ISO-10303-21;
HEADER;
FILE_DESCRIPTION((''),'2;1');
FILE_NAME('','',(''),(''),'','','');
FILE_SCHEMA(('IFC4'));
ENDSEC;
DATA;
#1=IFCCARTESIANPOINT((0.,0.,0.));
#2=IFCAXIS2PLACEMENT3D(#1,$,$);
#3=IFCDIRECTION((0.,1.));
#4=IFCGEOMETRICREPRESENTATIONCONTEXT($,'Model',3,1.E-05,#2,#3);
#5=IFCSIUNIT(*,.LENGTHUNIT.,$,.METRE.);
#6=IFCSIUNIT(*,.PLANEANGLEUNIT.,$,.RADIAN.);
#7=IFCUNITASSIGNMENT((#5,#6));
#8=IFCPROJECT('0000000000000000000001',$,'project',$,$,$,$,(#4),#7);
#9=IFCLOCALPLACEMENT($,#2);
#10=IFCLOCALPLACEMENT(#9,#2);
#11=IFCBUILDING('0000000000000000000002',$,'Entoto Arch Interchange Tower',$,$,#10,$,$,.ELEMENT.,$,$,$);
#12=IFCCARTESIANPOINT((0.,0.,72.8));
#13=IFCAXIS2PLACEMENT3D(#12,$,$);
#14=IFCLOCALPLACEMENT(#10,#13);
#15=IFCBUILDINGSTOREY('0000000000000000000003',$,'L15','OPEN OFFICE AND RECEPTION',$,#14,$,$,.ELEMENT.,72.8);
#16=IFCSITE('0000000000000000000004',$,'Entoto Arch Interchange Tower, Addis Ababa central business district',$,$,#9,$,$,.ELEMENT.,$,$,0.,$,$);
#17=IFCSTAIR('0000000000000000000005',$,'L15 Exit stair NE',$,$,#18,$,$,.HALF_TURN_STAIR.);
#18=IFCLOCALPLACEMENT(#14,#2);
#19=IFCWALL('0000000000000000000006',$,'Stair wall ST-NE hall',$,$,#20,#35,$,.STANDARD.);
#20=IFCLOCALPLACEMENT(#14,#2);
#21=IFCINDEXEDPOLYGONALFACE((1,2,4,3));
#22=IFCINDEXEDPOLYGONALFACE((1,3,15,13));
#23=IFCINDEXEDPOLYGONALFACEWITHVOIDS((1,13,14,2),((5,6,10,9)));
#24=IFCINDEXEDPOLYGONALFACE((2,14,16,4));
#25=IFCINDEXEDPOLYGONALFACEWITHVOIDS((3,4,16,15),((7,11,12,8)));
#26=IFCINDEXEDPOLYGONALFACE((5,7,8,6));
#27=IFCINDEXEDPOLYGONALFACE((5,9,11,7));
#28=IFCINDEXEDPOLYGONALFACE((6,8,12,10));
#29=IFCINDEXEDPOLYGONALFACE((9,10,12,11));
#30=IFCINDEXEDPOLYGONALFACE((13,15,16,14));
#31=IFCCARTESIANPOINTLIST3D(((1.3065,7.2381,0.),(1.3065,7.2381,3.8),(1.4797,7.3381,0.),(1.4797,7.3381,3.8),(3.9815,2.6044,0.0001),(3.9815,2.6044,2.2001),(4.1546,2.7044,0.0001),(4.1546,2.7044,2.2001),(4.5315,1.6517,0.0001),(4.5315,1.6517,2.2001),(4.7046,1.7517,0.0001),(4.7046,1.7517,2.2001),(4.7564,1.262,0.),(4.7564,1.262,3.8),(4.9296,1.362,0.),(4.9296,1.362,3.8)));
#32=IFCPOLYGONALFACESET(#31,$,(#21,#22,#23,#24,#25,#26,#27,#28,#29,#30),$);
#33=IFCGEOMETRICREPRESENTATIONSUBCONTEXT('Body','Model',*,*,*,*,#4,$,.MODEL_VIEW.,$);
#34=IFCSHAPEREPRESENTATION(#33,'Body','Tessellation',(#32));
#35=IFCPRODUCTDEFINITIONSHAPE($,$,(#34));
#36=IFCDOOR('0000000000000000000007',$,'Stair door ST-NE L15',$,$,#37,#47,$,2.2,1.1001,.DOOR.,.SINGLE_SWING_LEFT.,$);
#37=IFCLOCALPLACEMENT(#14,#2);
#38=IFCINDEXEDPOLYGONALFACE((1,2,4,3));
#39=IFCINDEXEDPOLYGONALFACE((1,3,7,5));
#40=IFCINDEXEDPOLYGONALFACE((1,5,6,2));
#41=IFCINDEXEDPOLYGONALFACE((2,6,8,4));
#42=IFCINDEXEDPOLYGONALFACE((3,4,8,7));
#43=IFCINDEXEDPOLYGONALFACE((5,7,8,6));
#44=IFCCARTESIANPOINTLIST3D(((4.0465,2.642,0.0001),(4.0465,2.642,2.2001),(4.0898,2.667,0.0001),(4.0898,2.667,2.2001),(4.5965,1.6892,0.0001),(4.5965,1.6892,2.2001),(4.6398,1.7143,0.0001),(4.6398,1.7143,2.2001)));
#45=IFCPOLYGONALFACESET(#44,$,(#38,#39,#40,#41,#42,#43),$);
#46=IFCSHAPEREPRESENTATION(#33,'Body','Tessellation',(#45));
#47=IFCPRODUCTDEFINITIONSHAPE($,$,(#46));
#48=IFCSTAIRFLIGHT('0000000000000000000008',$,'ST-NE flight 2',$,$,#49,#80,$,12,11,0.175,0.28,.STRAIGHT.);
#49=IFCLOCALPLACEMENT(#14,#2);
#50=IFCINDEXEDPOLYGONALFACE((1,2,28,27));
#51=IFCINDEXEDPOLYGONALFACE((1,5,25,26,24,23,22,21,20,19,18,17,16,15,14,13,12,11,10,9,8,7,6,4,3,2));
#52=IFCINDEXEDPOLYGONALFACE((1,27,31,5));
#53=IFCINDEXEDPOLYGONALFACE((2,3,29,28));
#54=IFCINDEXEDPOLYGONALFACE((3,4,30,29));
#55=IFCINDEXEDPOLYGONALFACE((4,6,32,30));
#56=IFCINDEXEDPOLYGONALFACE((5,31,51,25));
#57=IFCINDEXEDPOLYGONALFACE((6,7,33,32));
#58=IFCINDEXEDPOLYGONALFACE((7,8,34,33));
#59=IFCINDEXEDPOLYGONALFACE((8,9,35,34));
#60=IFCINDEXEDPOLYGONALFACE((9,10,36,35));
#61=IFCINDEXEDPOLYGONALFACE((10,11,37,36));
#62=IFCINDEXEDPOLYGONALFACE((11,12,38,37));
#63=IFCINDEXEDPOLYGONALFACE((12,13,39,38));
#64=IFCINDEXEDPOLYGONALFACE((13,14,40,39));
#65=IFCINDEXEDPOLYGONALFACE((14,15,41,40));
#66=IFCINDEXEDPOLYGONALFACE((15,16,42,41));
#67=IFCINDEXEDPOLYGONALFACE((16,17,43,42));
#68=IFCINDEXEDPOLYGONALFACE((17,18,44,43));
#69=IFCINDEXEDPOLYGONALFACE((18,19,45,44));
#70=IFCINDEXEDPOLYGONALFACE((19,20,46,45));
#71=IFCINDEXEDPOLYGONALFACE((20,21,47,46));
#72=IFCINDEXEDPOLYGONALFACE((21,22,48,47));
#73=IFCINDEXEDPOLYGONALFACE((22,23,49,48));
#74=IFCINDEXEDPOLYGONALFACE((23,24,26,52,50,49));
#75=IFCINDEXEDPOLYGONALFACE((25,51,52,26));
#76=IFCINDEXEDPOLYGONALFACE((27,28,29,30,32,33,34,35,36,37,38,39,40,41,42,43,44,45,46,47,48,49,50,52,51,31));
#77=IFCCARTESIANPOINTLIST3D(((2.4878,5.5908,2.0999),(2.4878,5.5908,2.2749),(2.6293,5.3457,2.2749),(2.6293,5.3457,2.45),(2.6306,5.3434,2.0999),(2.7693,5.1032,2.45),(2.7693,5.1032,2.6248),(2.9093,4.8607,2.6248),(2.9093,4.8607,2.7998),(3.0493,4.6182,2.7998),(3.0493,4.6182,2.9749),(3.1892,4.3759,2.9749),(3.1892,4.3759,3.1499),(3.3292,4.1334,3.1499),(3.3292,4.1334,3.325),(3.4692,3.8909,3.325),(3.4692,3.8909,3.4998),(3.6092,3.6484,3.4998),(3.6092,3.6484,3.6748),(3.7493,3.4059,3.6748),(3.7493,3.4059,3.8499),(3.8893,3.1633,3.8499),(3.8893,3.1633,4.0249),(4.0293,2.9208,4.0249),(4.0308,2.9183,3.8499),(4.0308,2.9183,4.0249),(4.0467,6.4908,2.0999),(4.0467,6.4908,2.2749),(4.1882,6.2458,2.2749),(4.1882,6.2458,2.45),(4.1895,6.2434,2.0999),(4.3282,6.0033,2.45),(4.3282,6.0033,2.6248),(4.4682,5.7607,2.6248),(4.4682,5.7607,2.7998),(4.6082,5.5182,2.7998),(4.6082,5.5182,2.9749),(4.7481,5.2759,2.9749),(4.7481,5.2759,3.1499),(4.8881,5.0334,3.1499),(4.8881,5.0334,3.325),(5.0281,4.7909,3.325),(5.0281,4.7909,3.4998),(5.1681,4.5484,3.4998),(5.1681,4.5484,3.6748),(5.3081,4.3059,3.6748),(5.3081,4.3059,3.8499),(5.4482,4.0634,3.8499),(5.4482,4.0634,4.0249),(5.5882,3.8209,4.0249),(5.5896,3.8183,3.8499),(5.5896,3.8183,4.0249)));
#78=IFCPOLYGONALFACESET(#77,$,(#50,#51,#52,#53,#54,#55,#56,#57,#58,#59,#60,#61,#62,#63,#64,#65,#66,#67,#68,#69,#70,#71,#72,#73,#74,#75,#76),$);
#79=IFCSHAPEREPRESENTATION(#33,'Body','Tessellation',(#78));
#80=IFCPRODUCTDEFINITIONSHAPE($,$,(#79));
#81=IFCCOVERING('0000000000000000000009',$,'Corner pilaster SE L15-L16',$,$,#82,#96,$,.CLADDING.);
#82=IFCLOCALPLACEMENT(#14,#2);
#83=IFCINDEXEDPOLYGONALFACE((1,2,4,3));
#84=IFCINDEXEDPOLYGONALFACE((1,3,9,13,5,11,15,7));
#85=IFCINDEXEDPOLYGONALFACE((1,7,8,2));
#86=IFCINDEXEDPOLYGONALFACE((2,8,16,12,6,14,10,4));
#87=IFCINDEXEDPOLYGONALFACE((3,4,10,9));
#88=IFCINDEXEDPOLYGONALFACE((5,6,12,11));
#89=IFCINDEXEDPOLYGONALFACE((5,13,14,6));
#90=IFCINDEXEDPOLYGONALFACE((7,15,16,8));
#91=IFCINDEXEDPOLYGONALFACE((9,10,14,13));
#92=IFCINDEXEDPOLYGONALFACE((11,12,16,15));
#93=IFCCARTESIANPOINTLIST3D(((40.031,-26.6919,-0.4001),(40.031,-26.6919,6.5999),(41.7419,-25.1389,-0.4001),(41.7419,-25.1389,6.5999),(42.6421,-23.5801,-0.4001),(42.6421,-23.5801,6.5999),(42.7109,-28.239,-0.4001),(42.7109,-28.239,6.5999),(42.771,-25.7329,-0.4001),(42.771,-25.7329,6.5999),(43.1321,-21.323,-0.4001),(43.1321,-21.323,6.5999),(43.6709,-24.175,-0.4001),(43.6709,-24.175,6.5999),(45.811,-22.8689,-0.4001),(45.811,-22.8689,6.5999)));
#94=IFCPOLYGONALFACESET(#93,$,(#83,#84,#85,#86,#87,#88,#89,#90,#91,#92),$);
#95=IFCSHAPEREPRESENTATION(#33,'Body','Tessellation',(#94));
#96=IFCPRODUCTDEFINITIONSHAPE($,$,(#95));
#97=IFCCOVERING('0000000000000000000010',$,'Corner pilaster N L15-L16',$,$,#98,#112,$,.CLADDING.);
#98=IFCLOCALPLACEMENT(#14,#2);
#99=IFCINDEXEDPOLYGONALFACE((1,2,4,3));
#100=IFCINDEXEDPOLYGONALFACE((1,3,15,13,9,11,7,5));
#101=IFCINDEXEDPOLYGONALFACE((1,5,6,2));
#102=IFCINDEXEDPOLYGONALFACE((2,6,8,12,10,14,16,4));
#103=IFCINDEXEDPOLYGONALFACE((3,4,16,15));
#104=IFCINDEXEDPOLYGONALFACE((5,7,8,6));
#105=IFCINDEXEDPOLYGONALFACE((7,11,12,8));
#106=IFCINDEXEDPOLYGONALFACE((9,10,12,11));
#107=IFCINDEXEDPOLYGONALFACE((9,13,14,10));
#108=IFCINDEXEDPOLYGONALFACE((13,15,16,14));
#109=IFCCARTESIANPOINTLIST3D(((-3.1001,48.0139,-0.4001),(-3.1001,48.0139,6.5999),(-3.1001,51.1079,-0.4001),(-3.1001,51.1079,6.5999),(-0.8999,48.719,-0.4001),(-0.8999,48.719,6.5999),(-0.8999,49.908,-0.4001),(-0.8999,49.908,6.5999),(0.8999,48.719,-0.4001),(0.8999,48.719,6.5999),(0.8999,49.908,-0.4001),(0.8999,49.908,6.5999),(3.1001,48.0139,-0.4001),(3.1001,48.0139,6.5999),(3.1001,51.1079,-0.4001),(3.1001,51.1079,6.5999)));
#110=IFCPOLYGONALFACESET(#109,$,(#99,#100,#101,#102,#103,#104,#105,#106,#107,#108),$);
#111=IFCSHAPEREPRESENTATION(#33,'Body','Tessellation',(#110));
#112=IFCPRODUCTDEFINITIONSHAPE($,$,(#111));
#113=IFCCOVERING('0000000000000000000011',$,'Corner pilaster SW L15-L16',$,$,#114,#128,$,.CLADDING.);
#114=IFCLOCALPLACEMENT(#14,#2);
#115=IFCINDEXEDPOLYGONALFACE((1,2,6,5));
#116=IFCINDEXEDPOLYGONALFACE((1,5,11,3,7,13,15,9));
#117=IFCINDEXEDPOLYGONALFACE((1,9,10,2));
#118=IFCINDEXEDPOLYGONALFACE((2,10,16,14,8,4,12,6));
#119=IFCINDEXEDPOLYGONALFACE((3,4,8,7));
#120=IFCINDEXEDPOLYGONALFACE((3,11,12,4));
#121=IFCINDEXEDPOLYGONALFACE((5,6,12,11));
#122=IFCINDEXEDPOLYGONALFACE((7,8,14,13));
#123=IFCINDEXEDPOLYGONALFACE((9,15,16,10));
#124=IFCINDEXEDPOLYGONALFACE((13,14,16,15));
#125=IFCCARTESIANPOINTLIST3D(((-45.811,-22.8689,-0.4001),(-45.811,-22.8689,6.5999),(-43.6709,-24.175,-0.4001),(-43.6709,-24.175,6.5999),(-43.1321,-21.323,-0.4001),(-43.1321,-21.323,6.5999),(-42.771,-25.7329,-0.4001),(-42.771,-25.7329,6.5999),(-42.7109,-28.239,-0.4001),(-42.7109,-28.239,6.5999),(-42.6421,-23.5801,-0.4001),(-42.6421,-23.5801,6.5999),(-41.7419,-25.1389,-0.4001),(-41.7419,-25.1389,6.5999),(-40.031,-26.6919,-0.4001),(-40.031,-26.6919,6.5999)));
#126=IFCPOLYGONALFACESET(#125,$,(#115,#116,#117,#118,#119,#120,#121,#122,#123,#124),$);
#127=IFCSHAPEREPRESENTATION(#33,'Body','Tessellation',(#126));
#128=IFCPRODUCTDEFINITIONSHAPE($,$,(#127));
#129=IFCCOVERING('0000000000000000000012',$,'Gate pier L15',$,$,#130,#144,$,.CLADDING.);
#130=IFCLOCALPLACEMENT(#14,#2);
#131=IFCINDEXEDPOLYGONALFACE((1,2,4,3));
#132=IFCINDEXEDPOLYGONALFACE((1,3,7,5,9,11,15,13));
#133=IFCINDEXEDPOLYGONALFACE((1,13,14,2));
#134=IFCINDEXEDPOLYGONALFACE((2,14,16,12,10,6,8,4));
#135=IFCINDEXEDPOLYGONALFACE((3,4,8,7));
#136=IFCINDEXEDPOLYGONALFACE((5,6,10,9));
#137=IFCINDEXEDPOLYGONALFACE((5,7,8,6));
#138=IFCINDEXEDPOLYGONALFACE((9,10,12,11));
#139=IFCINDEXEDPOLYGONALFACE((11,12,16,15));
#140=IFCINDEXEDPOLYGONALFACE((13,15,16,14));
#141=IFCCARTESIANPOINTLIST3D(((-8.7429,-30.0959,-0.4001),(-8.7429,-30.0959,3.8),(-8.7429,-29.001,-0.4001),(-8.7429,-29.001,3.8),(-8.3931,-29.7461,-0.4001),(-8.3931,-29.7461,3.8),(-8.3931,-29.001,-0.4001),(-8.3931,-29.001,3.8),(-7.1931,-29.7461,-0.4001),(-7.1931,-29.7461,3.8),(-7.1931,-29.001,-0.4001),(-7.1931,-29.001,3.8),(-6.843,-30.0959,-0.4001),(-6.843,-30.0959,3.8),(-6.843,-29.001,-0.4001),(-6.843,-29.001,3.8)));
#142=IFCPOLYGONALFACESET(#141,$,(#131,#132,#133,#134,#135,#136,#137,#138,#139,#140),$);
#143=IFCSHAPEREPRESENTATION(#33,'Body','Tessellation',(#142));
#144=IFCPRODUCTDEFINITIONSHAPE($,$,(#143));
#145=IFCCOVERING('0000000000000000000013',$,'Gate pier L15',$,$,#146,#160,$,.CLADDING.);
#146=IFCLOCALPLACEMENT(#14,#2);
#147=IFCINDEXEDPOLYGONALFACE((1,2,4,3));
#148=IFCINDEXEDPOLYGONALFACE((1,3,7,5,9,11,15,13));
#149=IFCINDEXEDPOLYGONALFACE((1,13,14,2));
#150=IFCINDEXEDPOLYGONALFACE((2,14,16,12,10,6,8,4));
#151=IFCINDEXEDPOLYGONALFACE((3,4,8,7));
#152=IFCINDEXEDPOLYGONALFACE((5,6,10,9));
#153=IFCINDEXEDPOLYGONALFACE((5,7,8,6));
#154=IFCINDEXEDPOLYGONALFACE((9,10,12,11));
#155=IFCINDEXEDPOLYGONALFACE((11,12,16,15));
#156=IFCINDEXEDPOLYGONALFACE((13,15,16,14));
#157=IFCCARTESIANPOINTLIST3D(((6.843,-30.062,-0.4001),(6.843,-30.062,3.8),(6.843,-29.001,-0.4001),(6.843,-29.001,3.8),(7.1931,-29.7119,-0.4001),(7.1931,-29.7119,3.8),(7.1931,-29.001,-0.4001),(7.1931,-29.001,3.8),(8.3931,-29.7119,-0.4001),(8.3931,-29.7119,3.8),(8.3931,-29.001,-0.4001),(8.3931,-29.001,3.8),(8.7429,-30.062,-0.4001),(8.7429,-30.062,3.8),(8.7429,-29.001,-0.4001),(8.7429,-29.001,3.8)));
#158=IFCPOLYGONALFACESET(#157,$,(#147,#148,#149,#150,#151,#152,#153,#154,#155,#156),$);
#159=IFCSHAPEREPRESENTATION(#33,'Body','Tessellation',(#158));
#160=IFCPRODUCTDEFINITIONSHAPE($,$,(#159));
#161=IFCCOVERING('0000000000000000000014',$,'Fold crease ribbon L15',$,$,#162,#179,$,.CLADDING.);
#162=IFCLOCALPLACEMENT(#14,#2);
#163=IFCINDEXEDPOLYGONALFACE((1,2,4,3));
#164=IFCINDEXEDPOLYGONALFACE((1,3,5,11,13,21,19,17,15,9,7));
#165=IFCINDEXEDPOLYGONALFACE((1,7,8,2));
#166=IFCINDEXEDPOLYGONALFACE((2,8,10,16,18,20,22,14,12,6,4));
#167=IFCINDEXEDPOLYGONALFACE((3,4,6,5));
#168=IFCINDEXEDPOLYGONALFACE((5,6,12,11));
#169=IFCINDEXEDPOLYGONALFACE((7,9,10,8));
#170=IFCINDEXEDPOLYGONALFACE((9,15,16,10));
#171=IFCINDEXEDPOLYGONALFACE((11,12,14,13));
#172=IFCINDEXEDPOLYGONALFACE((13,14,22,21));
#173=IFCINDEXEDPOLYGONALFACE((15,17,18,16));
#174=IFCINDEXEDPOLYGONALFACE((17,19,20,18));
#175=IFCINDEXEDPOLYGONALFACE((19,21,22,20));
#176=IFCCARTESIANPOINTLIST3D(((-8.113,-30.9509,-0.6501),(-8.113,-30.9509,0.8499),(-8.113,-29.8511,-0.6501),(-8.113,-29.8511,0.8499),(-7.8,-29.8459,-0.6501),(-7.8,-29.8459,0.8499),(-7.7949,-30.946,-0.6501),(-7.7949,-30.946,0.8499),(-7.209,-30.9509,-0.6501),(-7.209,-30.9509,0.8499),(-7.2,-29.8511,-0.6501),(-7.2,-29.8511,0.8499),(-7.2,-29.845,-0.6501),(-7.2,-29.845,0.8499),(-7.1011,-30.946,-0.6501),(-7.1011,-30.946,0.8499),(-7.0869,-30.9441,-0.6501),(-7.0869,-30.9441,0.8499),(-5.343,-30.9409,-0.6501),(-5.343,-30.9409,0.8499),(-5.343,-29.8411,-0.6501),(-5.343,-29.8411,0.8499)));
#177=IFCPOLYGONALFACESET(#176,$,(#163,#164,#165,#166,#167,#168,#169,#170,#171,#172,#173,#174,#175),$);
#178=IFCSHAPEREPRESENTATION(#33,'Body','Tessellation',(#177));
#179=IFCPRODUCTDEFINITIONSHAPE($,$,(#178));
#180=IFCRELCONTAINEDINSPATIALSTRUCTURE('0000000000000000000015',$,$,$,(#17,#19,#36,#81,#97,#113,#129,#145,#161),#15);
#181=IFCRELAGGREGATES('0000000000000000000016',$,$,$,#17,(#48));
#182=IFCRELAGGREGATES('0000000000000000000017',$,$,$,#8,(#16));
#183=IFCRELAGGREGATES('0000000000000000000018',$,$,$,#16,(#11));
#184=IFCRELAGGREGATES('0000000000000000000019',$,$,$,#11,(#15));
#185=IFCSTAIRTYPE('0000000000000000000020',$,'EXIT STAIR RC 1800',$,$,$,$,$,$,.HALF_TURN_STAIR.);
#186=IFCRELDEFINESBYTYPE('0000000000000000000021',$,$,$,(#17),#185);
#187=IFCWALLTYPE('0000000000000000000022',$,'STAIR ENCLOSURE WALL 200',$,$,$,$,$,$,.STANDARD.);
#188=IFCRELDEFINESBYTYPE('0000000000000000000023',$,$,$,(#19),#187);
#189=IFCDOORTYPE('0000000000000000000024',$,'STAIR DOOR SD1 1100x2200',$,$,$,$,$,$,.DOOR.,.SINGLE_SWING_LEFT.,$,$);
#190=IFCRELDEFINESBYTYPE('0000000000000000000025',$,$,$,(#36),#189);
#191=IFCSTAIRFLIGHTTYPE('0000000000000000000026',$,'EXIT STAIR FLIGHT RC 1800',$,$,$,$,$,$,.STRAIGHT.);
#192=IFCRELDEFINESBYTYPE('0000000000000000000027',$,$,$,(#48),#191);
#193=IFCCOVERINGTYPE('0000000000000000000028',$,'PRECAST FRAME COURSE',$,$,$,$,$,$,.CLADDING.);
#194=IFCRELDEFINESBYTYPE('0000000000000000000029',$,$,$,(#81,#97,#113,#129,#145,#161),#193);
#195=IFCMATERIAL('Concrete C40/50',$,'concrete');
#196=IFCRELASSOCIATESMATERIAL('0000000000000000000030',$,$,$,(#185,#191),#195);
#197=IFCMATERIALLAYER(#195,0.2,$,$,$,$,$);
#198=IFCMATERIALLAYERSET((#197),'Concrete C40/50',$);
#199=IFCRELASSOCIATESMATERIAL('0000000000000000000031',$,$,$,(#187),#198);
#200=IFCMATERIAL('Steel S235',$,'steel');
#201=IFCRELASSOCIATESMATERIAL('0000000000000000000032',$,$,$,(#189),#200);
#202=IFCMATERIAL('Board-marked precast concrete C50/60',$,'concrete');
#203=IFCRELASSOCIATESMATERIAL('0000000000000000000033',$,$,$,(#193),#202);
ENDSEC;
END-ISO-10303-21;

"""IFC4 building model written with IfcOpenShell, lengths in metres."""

from ifc_helpers import new_model, si_unit, direction, frame, frame_2d, origin, place, context, subcontext, project, spatial, polyline, rectangle, outline, extrude, material, layer, layer_set, type_object, element, fill, aggregate, save


model = new_model("IFC4")

# Units and contexts
model_context = context("Model", 3, precision=1e-05, world=origin(), true_north=direction((0.0, 1.0)))
body_context = subcontext(model_context, "Body", "Model", "MODEL_VIEW")
ifc_project = project(units=[si_unit("LENGTHUNIT", "METRE"), si_unit("PLANEANGLEUNIT", "RADIAN")], contexts=[model_context])

# Site, building, storey
site_placement = place(None, origin())
site = spatial("IfcSite", under=ifc_project, at=site_placement, Name="Entoto Arch Interchange Tower, Addis Ababa central business district", CompositionType="ELEMENT", RefElevation=0.0)
building_placement = place(site_placement, origin())
building = spatial("IfcBuilding", under=site, at=building_placement, Name="Entoto Arch Interchange Tower", CompositionType="ELEMENT")
storey_placement = place(building_placement, frame((0.0, 0.0, 72.8)))
storey = spatial("IfcBuildingStorey", under=building, at=storey_placement, Name="L15", Description="OPEN OFFICE AND RECEPTION", CompositionType="ELEMENT", Elevation=72.8)

# Shared definitions
ifc_material_1 = material(Name="Board-marked precast concrete C50/60", Category="concrete")
ifc_material_2 = material(Name="Concrete C40/50", Category="concrete")

# Stair
stair_type = type_object("IfcStairType", Name="EXIT STAIR RC 1800", PredefinedType="HALF_TURN_STAIR", material=ifc_material_2)
stair_1_placement = place(storey_placement, origin())
stair_1 = element("IfcStair", 1, at=stair_1_placement, inside=storey, type_object=stair_type, Name="L15 Exit stair NE", PredefinedType="HALF_TURN_STAIR")

# Shared definitions
ifc_layer_1 = layer(ifc_material_2, 0.2)
ifc_layer_set_1 = layer_set([ifc_layer_1], Name="Concrete C40/50")
wall_type_1 = type_object("IfcWallType", Name="STAIR ENCLOSURE WALL 200", PredefinedType="STANDARD", material=ifc_layer_set_1)
ifc_material_3 = material(Name="Steel S235", Category="steel")
door_type = type_object("IfcDoorType", Name="STAIR DOOR SD1 1100x2200", OperationType="SINGLE_SWING_LEFT", PredefinedType="DOOR", material=ifc_material_3)

# Wall, opening, door
wall_1_placement = place(storey_placement, frame((4.843, 1.312, 0.0), z_axis=(0.0, 0.0, 1.0), x_axis=(-0.499963, 0.866047, 0.0)))
wall_1 = element("IfcWall", 2, at=wall_1_placement, inside=storey, type_object=wall_type_1, Name="Stair wall ST-NE hall", PredefinedType="STANDARD", context=body_context, shape_type="SweptSolid", body=[
    extrude(rectangle(XDim=6.9004, YDim=0.2, at=frame_2d((3.4502, 0.0))), origin(), (0.0, 0.0, 1.0), 3.8),
])
opening_1_placement = place(wall_1_placement, frame((0.45, 0.0, 0.0)))
opening_1 = element("IfcOpeningElement", 3, at=opening_1_placement, cuts=wall_1, PredefinedType="OPENING", context=body_context, shape_type="SweptSolid", body=[
    extrude(rectangle(XDim=1.1001, YDim=2.2, at=frame_2d((0.55, 1.1001))), frame((0.0, 0.1099, 0.0), z_axis=(0.0, -1.0, 0.0), x_axis=(1.0, 0.0, 0.0)), (0.0, 0.0, 1.0), 0.22),
])
door_1_placement = place(opening_1_placement, origin())
door_1 = element("IfcDoor", 4, at=door_1_placement, inside=storey, type_object=door_type, Name="Stair door ST-NE L15", OperationType="SINGLE_SWING_LEFT", OverallHeight=2.2, OverallWidth=1.1001, PredefinedType="DOOR", context=body_context, shape_type="SweptSolid", body=[
    extrude(rectangle(XDim=1.1001, YDim=2.2, at=frame_2d((0.55, 1.1001))), frame((0.0, 0.0249, 0.0), z_axis=(0.0, -1.0, 0.0), x_axis=(1.0, 0.0, 0.0)), (0.0, 0.0, 1.0), 0.05),
])
fill(opening_1, door_1)

# Stair flight
stair_flight_type = type_object("IfcStairFlightType", Name="EXIT STAIR FLIGHT RC 1800", PredefinedType="STRAIGHT", material=ifc_material_2)
stair_flight_placement = place(storey_placement, frame((3.2688, 6.0383, 2.0999), z_axis=(0.0, 0.0, 1.0), x_axis=(0.5, -0.866025, 0.0)))
stair_flight = element("IfcStairFlight", 5, at=stair_flight_placement, type_object=stair_flight_type, Name="ST-NE flight 2", NumberOfRisers=12, NumberOfTreads=11, PredefinedType="STRAIGHT", RiserHeight=0.175, TreadLength=0.28, context=body_context, shape_type="SweptSolid", body=[
    extrude(outline(polyline([(-0.0029, 0.0), (-0.0029, 0.175), (0.28, 0.175), (0.28, 0.3501), (0.5601, 0.3501), (0.5601, 0.5249), (0.8401, 0.5249), (0.8401, 0.7), (1.1201, 0.7), (1.1201, 0.875), (1.3999, 0.875), (1.3999, 1.05), (1.6799, 1.05), (1.6799, 1.2251), (1.96, 1.2251), (1.96, 1.3999), (2.24, 1.3999), (2.24, 1.575), (2.52, 1.575), (2.52, 1.75), (2.8, 1.75), (2.8, 1.925), (3.0801, 1.925), (3.083, 1.925), (3.083, 1.75), (0.2827, 0.0), (-0.0029, 0.0)])), frame((0.0, 0.8999, 0.0), z_axis=(0.0, -1.0, 0.0), x_axis=(1.0, 0.0, 0.0)), (0.0, 0.0, 1.0), 1.8),
])
aggregate(stair_1, [stair_flight])

# Coverings
covering_type_1 = type_object("IfcCoveringType", Name="PRECAST FRAME COURSE", PredefinedType="CLADDING", material=ifc_material_1)
covering_1_placement = place(storey_placement, frame((0.0, 0.0, -0.4001)))
element("IfcCovering", 6, at=covering_1_placement, inside=storey, type_object=covering_type_1, Name="Corner pilaster SE L15-L16", PredefinedType="CLADDING", context=body_context, shape_type="SweptSolid", body=[
    extrude(outline(polyline([(45.811, -22.8689), (42.7109, -28.239), (40.031, -26.6919), (41.7419, -25.1389), (42.771, -25.7329), (43.6709, -24.175), (42.6421, -23.5801), (43.1321, -21.323), (45.811, -22.8689)])), origin(), (0.0, 0.0, 1.0), 7.0),
])
covering_2_placement = place(storey_placement, frame((0.0, 0.0, -0.4001)))
element("IfcCovering", 7, at=covering_2_placement, inside=storey, type_object=covering_type_1, Name="Corner pilaster N L15-L16", PredefinedType="CLADDING", context=body_context, shape_type="SweptSolid", body=[
    extrude(outline(polyline([(-3.1001, 51.1079), (3.1001, 51.1079), (3.1001, 48.0139), (0.8999, 48.719), (0.8999, 49.908), (-0.8999, 49.908), (-0.8999, 48.719), (-3.1001, 48.0139), (-3.1001, 51.1079)])), origin(), (0.0, 0.0, 1.0), 7.0),
])
covering_3_placement = place(storey_placement, frame((0.0, 0.0, -0.4001)))
element("IfcCovering", 8, at=covering_3_placement, inside=storey, type_object=covering_type_1, Name="Corner pilaster SW L15-L16", PredefinedType="CLADDING", context=body_context, shape_type="SweptSolid", body=[
    extrude(outline(polyline([(-42.7109, -28.239), (-45.811, -22.8689), (-43.1321, -21.323), (-42.6421, -23.5801), (-43.6709, -24.175), (-42.771, -25.7329), (-41.7419, -25.1389), (-40.031, -26.6919), (-42.7109, -28.239)])), origin(), (0.0, 0.0, 1.0), 7.0),
])
covering_4_placement = place(storey_placement, frame((0.0, 0.0, -0.4001)))
element("IfcCovering", 9, at=covering_4_placement, inside=storey, type_object=covering_type_1, Name="Gate pier L15", PredefinedType="CLADDING", context=body_context, shape_type="SweptSolid", body=[
    extrude(outline(polyline([(-8.7429, -29.001), (-8.3931, -29.001), (-8.3931, -29.7461), (-7.1931, -29.7461), (-7.1931, -29.001), (-6.843, -29.001), (-6.843, -30.0959), (-8.7429, -30.0959), (-8.7429, -29.001)])), origin(), (0.0, 0.0, 1.0), 4.2002),
])
covering_5_placement = place(storey_placement, frame((0.0, 0.0, -0.4001)))
element("IfcCovering", 10, at=covering_5_placement, inside=storey, type_object=covering_type_1, Name="Gate pier L15", PredefinedType="CLADDING", context=body_context, shape_type="SweptSolid", body=[
    extrude(outline(polyline([(6.843, -29.001), (7.1931, -29.001), (7.1931, -29.7119), (8.3931, -29.7119), (8.3931, -29.001), (8.7429, -29.001), (8.7429, -30.062), (6.843, -30.062), (6.843, -29.001)])), origin(), (0.0, 0.0, 1.0), 4.2002),
])
covering_6_placement = place(storey_placement, frame((0.0, 0.0, -0.6501)))
element("IfcCovering", 11, at=covering_6_placement, inside=storey, type_object=covering_type_1, Name="Fold crease ribbon L15", PredefinedType="CLADDING", context=body_context, shape_type="SweptSolid", body=[
    extrude(outline(polyline([(-7.0869, -30.9441), (-7.1011, -30.946), (-7.209, -30.9509), (-7.7949, -30.946), (-8.113, -30.9509), (-8.113, -29.8511), (-7.8, -29.8459), (-7.2, -29.8511), (-7.2, -29.845), (-5.343, -29.8411), (-5.343, -30.9409), (-7.0869, -30.9441)])), origin(), (0.0, 0.0, 1.0), 1.5),
])

save(model, "model.ifc")
